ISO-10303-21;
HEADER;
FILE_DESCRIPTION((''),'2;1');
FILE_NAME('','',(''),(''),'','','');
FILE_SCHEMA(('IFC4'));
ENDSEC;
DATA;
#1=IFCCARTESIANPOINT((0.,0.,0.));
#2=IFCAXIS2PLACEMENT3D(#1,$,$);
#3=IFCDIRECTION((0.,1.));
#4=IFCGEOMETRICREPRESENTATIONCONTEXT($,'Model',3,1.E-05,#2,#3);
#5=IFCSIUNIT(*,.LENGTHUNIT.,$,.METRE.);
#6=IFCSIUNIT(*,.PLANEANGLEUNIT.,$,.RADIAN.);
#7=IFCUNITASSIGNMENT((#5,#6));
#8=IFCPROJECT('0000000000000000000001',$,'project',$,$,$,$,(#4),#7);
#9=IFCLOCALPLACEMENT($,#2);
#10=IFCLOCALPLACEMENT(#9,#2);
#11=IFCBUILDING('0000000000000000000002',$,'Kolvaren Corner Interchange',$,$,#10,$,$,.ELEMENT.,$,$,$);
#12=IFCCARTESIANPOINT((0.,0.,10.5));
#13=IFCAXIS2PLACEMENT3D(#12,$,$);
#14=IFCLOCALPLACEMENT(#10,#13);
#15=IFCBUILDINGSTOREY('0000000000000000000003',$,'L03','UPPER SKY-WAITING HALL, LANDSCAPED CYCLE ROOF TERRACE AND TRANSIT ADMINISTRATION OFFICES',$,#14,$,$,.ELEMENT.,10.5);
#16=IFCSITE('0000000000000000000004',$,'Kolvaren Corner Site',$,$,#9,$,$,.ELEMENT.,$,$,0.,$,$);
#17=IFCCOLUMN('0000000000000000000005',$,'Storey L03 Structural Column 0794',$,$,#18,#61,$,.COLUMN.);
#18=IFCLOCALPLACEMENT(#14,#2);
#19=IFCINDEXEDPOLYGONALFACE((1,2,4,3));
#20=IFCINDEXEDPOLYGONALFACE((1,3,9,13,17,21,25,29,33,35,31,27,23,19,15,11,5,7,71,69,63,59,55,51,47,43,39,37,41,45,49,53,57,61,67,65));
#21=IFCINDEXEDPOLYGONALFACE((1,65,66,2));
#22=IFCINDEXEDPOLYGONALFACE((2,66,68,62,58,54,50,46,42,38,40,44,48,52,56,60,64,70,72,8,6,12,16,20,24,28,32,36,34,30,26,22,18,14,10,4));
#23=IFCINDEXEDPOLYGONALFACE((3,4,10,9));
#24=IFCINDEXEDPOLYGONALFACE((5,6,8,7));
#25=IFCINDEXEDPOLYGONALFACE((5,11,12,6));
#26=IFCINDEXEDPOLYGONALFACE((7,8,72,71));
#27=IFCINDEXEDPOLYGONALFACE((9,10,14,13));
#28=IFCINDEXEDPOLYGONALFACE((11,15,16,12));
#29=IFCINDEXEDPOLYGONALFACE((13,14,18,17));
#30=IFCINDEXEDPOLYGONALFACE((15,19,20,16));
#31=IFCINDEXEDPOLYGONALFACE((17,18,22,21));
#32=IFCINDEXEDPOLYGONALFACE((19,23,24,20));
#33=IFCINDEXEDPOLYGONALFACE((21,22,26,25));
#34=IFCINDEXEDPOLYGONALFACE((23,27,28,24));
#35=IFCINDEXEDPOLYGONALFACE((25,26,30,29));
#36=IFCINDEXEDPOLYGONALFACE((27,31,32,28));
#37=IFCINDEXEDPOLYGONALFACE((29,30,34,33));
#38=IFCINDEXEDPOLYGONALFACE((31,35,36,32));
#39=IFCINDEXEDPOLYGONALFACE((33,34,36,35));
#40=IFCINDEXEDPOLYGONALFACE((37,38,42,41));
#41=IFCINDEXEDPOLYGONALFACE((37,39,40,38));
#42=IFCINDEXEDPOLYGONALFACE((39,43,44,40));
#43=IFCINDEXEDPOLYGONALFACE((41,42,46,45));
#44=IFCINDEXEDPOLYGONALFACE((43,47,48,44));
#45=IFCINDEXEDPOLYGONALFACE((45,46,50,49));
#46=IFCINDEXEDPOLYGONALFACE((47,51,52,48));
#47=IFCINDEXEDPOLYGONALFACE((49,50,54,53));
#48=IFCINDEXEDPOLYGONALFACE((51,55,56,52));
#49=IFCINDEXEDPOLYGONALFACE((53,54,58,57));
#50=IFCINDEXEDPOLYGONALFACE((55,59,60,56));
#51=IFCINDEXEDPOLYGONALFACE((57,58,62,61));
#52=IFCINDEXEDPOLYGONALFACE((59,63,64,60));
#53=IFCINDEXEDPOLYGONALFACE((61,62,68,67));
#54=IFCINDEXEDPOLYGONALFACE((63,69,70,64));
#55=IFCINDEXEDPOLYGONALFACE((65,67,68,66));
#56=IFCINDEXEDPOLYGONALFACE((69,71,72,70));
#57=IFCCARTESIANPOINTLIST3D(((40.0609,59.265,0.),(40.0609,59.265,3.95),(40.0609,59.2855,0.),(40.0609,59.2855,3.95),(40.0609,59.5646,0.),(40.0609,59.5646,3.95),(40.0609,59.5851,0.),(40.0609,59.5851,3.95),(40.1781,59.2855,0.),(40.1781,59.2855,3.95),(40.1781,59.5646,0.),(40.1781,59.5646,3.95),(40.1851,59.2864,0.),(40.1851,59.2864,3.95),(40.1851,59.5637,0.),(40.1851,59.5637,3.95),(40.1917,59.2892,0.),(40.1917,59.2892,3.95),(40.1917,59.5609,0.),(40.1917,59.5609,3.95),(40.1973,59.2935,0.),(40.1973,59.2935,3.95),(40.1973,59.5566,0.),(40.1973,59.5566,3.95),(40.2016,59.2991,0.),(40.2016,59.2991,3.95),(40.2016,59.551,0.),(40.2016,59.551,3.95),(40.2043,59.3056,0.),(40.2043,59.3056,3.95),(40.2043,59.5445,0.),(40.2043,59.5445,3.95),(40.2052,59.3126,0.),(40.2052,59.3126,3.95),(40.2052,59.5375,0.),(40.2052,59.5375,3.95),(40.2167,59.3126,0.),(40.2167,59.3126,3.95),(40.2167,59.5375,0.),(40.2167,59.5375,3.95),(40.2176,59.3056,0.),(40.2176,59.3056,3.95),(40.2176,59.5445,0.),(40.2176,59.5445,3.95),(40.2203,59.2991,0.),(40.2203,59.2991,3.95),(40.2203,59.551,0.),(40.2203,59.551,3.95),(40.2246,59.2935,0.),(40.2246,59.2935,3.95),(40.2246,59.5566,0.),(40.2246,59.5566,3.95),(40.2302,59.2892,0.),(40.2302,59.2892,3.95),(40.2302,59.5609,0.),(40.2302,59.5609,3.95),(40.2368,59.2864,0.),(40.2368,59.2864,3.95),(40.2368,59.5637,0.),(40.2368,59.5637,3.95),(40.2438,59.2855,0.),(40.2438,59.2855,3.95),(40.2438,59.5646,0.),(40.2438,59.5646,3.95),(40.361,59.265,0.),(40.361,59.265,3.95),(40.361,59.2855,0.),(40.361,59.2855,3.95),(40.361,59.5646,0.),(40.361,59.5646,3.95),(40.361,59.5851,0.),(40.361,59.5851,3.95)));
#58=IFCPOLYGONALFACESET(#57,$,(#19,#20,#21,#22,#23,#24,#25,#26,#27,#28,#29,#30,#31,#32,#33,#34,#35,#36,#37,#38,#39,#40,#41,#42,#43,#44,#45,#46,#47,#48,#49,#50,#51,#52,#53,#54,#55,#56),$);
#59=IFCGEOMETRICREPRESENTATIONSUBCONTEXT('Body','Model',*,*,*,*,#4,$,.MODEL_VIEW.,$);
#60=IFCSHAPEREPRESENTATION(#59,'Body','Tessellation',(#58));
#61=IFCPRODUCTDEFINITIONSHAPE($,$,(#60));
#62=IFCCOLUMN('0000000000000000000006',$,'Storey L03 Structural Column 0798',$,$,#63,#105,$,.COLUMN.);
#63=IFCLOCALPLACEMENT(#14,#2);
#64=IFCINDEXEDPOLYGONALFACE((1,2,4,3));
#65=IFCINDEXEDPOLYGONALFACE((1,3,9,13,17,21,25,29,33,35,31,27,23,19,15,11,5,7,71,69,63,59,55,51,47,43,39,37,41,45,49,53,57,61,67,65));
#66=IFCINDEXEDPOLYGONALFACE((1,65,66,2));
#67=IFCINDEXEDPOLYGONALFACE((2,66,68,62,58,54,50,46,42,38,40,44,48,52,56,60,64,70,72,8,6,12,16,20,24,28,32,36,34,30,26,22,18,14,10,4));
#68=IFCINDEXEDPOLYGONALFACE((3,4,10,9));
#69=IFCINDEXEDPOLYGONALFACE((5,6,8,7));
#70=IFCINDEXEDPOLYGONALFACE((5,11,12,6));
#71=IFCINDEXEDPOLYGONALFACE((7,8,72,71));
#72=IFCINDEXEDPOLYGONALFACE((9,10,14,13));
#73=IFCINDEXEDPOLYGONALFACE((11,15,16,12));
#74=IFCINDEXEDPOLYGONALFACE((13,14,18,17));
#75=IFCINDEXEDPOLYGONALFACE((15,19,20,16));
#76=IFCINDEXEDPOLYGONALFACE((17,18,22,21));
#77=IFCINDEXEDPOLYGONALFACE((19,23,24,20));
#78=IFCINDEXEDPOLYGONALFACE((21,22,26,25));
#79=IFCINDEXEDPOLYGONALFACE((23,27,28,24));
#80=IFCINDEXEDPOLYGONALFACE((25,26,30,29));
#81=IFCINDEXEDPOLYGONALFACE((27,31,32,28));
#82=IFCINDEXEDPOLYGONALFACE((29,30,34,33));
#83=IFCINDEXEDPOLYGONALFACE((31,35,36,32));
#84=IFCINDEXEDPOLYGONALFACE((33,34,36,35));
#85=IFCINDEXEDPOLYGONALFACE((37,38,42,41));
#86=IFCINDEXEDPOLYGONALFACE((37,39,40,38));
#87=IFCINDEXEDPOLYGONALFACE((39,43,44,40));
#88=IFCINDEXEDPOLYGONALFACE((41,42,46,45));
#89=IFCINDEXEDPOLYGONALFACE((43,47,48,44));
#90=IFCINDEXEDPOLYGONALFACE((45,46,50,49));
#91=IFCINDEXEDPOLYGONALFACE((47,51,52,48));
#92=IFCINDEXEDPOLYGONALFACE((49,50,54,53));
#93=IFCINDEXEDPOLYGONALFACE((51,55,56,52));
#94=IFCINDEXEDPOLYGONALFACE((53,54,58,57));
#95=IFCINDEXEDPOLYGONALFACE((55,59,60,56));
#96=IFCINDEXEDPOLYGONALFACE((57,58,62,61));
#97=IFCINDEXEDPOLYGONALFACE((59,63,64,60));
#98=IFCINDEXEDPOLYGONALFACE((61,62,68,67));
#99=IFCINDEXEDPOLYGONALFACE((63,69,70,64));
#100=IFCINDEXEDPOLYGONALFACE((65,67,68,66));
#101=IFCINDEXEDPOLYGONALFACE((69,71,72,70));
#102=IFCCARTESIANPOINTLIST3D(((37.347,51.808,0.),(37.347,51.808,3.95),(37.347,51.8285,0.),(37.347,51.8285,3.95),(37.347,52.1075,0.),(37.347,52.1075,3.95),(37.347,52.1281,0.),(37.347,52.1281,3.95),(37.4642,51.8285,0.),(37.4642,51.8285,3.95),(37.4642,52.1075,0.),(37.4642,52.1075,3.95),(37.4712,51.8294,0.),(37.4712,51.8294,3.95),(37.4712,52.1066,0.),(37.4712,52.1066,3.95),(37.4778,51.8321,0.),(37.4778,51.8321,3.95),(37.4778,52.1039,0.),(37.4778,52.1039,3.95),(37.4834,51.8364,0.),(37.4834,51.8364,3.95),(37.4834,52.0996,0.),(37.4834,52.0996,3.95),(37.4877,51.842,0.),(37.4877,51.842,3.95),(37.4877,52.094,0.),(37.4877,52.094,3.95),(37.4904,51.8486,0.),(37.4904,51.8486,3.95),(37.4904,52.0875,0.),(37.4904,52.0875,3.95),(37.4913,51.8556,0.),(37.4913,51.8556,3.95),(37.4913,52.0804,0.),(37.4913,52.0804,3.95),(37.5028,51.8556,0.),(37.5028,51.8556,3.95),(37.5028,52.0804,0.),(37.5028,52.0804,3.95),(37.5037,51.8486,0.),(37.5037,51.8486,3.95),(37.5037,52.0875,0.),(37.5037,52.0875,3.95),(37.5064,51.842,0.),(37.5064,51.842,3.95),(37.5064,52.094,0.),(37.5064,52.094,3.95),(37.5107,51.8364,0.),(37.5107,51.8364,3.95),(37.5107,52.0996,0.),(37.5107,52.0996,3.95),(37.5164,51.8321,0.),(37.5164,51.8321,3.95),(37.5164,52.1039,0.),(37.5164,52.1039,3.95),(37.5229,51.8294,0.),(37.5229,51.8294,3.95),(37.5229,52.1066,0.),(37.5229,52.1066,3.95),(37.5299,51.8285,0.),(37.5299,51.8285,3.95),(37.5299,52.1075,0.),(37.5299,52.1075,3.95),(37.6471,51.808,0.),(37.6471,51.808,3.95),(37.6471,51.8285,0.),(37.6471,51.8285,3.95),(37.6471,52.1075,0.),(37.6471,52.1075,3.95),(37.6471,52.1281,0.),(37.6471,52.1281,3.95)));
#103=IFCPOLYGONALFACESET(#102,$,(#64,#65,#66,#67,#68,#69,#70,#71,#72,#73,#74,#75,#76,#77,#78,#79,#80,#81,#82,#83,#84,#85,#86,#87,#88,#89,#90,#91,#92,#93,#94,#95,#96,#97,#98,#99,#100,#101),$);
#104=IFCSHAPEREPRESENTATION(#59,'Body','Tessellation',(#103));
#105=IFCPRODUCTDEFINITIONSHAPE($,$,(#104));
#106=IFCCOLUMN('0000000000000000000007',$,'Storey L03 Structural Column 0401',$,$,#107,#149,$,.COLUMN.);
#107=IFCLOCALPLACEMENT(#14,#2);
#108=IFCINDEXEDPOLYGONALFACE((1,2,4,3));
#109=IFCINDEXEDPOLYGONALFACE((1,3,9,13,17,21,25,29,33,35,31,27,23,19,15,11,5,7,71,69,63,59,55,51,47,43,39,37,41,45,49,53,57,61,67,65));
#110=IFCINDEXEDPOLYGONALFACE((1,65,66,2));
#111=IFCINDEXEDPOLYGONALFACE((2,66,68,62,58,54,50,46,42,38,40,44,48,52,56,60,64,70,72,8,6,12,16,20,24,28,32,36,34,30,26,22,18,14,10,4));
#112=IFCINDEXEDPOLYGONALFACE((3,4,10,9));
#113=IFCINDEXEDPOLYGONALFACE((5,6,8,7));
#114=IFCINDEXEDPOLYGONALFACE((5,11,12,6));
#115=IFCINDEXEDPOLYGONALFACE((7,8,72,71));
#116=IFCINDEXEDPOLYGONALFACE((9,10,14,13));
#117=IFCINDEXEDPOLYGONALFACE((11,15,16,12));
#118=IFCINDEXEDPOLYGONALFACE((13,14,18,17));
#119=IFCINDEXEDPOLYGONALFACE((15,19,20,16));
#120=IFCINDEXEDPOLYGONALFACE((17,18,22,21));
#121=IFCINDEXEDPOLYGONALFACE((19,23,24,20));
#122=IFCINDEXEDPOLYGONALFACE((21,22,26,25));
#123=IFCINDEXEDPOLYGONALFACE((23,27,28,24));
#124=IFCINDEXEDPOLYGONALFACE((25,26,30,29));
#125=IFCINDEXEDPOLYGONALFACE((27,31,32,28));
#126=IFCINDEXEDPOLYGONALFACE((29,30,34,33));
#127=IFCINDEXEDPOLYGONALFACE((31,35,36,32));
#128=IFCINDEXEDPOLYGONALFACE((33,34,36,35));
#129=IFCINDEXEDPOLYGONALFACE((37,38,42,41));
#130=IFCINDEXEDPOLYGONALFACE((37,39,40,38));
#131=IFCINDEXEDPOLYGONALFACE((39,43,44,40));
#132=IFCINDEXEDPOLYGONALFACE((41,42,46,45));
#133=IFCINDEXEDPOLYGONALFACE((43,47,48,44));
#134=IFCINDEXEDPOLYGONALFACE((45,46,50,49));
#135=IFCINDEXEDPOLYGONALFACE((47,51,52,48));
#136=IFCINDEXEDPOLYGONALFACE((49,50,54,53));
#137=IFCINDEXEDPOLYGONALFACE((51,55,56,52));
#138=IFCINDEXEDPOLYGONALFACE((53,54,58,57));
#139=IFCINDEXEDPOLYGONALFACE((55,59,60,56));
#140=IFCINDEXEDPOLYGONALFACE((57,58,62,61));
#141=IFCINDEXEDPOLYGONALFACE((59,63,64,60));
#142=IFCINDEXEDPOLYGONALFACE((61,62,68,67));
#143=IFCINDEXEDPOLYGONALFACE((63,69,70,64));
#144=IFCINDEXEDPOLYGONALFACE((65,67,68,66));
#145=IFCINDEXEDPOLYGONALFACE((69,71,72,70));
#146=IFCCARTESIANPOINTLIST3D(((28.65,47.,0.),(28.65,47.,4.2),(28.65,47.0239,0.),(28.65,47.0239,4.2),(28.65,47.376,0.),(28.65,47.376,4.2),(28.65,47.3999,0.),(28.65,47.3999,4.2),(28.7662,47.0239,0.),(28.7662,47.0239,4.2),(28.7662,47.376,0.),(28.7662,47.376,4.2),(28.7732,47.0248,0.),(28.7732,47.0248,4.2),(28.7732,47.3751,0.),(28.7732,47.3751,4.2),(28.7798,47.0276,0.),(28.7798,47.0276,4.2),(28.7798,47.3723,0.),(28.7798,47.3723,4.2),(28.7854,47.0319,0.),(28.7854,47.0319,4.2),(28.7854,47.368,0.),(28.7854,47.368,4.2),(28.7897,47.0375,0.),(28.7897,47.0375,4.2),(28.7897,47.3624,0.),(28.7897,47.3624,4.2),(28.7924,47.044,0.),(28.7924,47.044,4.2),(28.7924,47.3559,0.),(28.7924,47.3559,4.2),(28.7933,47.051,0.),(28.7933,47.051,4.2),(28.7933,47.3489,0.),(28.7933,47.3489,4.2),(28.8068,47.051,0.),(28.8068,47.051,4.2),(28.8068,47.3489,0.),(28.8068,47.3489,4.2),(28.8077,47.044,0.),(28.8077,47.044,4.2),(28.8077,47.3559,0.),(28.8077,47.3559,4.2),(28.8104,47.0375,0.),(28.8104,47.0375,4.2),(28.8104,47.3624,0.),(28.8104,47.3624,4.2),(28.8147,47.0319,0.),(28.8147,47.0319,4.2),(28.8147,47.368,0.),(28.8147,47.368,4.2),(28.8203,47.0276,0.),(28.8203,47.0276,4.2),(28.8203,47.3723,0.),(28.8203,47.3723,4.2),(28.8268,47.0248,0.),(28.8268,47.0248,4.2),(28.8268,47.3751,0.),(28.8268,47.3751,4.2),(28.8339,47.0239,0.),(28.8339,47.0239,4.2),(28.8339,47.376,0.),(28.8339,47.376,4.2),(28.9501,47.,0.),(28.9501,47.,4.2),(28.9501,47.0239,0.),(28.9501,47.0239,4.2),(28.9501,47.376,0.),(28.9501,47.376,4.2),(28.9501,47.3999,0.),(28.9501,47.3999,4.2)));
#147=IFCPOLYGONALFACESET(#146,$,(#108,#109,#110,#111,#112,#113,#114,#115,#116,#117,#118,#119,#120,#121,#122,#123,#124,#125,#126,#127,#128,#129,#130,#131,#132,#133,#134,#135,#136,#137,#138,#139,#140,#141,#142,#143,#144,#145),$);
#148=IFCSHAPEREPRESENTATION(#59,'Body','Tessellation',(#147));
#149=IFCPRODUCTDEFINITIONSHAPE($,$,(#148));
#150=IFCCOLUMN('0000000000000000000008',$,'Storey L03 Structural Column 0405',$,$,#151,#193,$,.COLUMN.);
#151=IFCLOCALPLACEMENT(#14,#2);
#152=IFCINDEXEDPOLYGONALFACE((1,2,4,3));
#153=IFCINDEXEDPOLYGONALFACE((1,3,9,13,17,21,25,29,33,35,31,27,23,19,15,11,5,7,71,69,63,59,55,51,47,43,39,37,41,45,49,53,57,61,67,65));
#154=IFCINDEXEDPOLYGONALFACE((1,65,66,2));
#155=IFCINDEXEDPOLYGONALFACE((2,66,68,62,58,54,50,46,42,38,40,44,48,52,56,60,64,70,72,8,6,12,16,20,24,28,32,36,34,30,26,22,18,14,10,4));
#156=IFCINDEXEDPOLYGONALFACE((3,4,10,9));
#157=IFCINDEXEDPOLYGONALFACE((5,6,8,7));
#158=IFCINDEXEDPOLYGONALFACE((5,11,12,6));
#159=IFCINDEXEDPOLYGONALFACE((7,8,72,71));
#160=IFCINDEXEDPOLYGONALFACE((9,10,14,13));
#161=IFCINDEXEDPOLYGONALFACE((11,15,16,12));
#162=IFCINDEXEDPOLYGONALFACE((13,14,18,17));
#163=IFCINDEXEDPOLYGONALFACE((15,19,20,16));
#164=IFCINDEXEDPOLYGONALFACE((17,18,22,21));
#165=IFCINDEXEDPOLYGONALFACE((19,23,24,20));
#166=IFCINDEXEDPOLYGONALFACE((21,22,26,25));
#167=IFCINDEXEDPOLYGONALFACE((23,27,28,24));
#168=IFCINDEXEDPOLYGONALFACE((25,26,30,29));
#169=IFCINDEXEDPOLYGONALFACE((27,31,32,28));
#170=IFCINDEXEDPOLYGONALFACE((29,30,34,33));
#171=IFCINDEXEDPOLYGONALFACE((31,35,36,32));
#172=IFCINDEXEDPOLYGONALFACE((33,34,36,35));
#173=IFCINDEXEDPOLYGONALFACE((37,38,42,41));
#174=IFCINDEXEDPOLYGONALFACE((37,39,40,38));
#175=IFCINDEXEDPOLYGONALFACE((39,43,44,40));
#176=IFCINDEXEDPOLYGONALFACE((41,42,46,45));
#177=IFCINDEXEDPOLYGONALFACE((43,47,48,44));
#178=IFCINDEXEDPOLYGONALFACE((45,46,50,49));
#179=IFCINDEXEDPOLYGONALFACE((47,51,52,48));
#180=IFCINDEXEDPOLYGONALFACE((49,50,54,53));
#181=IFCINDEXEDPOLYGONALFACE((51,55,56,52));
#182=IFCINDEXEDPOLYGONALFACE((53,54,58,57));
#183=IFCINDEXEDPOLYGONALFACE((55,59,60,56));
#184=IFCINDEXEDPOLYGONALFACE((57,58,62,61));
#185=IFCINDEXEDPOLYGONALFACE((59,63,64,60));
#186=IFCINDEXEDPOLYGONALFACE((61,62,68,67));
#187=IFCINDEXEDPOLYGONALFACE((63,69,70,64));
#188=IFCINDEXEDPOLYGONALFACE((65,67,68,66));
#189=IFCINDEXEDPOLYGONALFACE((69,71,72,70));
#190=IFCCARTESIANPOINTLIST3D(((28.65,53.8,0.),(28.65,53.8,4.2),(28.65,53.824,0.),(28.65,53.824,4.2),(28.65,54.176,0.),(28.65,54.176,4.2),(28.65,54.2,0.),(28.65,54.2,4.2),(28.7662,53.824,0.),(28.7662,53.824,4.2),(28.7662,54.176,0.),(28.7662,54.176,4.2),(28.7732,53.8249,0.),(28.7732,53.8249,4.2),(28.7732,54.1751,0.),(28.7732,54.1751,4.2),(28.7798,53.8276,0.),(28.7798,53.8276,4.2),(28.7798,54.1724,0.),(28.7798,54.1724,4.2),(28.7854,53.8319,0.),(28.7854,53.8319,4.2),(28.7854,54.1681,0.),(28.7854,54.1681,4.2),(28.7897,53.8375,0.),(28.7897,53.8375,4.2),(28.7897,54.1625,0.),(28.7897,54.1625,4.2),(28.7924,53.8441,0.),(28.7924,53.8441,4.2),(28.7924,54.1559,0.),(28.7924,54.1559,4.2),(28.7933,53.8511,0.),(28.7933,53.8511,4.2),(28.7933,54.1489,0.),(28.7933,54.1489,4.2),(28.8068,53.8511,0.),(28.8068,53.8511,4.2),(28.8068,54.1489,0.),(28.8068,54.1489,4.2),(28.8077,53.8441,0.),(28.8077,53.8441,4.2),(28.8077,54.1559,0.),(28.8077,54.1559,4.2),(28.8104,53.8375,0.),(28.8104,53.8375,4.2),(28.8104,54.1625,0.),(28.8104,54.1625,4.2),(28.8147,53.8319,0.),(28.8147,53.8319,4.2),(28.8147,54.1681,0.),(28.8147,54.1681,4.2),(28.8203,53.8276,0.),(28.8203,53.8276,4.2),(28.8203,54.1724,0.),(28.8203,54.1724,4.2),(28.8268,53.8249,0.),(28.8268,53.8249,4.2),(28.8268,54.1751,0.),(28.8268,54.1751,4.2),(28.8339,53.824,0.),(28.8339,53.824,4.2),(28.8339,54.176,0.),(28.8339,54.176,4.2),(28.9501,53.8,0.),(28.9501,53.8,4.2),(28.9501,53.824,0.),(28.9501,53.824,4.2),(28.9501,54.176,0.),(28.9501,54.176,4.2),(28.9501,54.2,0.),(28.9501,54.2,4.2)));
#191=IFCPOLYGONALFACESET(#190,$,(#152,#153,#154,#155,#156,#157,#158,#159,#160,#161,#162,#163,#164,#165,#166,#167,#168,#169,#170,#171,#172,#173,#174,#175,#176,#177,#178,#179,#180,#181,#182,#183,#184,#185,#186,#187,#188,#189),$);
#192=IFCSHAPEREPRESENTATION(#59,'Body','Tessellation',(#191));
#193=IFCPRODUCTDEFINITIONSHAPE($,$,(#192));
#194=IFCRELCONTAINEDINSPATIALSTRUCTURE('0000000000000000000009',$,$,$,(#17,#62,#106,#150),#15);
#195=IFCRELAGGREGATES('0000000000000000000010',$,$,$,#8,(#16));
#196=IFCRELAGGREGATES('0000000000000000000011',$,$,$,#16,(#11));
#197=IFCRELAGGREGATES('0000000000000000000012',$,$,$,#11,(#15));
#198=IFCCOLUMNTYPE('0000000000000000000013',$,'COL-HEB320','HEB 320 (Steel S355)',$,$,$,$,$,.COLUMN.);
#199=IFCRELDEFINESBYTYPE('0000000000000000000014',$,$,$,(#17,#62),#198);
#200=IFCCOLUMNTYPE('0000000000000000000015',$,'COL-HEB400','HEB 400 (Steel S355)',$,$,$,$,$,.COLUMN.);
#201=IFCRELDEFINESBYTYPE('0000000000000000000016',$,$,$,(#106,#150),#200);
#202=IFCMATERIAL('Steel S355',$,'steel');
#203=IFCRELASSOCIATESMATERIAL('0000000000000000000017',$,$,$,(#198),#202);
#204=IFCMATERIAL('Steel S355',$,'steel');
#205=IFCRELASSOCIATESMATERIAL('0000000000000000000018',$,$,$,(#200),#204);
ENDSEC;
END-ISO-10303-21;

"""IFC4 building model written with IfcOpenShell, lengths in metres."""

from ifc_helpers import new_model, si_unit, direction, frame, origin, origin_2d, place, context, subcontext, project, spatial, i_section, extrude, material, material_profile, profile_set, type_object, element, save


model = new_model("IFC4")

# Units and contexts
model_context = context("Model", 3, precision=1e-05, world=origin(), true_north=direction((0.0, 1.0)))
body_context = subcontext(model_context, "Body", "Model", "MODEL_VIEW")
ifc_project = project(units=[si_unit("LENGTHUNIT", "METRE"), si_unit("PLANEANGLEUNIT", "RADIAN")], contexts=[model_context])

# Site, building, storey
site_placement = place(None, origin())
site = spatial("IfcSite", under=ifc_project, at=site_placement, Name="Kolvaren Corner Site", CompositionType="ELEMENT", RefElevation=0.0)
building_placement = place(site_placement, origin())
building = spatial("IfcBuilding", under=site, at=building_placement, Name="Kolvaren Corner Interchange", CompositionType="ELEMENT")
storey_placement = place(building_placement, frame((0.0, 0.0, 10.5)))
storey = spatial("IfcBuildingStorey", under=building, at=storey_placement, Name="L03", Description="UPPER SKY-WAITING HALL, LANDSCAPED CYCLE ROOF TERRACE AND TRANSIT ADMINISTRATION OFFICES", CompositionType="ELEMENT", Elevation=10.5)

# Columns
ifc_material_1 = material(Name="Steel S355", Category="steel")
ifc_material_profile_1 = material_profile(ifc_material_1, i_section(OverallWidth=0.3, OverallDepth=0.3201, WebThickness=0.0115, FlangeThickness=0.0205, FilletRadius=0.0271, at=origin_2d()), Name="HEB 320")
ifc_profile_set_1 = profile_set([ifc_material_profile_1], Name="Steel S355")
column_type_1 = type_object("IfcColumnType", Name="COL-HEB320", Description="HEB 320 (Steel S355)", PredefinedType="COLUMN", material=ifc_profile_set_1)
for number, where, z_axis, x_axis, name in (
    (1, (40.2109, 59.425, 0.0), (0.0, 0.0, 1.0), (1.0, 0.0, 0.0), "Storey L03 Structural Column 0794"),
    (2, (37.4971, 51.968, 0.0), (0.0, 0.0, 1.0), (1.0, 0.0, 0.0), "Storey L03 Structural Column 0798"),
):
    element("IfcColumn", number, at=place(storey_placement, frame(where, z_axis=z_axis, x_axis=x_axis)), inside=storey, type_object=column_type_1, Name=name, PredefinedType="COLUMN", context=body_context, shape_type="SweptSolid", body=[
        extrude(i_section(OverallWidth=0.3, OverallDepth=0.3201, WebThickness=0.0115, FlangeThickness=0.0205, FilletRadius=0.0271, at=origin_2d()), origin(), (0.0, 0.0, 1.0), 3.95),
    ])
ifc_material_2 = material(Name="Steel S355", Category="steel")
ifc_material_profile_2 = material_profile(ifc_material_2, i_section(OverallWidth=0.3, OverallDepth=0.3999, WebThickness=0.0134, FlangeThickness=0.0239, FilletRadius=0.0271, at=origin_2d()), Name="HEB 400")
ifc_profile_set_2 = profile_set([ifc_material_profile_2], Name="Steel S355")
column_type_2 = type_object("IfcColumnType", Name="COL-HEB400", Description="HEB 400 (Steel S355)", PredefinedType="COLUMN", material=ifc_profile_set_2)
for number, where, z_axis, x_axis, name in (
    (3, (28.8, 47.2, 0.0), (0.0, 0.0, 1.0), (1.0, 0.0, 0.0), "Storey L03 Structural Column 0401"),
    (4, (28.8, 54.0, 0.0), (0.0, 0.0, 1.0), (1.0, 0.0, 0.0), "Storey L03 Structural Column 0405"),
):
    element("IfcColumn", number, at=place(storey_placement, frame(where, z_axis=z_axis, x_axis=x_axis)), inside=storey, type_object=column_type_2, Name=name, PredefinedType="COLUMN", context=body_context, shape_type="SweptSolid", body=[
        extrude(i_section(OverallWidth=0.3, OverallDepth=0.3999, WebThickness=0.0134, FlangeThickness=0.0239, FilletRadius=0.0271, at=origin_2d()), origin(), (0.0, 0.0, 1.0), 4.2),
    ])

save(model, "model.ifc")
